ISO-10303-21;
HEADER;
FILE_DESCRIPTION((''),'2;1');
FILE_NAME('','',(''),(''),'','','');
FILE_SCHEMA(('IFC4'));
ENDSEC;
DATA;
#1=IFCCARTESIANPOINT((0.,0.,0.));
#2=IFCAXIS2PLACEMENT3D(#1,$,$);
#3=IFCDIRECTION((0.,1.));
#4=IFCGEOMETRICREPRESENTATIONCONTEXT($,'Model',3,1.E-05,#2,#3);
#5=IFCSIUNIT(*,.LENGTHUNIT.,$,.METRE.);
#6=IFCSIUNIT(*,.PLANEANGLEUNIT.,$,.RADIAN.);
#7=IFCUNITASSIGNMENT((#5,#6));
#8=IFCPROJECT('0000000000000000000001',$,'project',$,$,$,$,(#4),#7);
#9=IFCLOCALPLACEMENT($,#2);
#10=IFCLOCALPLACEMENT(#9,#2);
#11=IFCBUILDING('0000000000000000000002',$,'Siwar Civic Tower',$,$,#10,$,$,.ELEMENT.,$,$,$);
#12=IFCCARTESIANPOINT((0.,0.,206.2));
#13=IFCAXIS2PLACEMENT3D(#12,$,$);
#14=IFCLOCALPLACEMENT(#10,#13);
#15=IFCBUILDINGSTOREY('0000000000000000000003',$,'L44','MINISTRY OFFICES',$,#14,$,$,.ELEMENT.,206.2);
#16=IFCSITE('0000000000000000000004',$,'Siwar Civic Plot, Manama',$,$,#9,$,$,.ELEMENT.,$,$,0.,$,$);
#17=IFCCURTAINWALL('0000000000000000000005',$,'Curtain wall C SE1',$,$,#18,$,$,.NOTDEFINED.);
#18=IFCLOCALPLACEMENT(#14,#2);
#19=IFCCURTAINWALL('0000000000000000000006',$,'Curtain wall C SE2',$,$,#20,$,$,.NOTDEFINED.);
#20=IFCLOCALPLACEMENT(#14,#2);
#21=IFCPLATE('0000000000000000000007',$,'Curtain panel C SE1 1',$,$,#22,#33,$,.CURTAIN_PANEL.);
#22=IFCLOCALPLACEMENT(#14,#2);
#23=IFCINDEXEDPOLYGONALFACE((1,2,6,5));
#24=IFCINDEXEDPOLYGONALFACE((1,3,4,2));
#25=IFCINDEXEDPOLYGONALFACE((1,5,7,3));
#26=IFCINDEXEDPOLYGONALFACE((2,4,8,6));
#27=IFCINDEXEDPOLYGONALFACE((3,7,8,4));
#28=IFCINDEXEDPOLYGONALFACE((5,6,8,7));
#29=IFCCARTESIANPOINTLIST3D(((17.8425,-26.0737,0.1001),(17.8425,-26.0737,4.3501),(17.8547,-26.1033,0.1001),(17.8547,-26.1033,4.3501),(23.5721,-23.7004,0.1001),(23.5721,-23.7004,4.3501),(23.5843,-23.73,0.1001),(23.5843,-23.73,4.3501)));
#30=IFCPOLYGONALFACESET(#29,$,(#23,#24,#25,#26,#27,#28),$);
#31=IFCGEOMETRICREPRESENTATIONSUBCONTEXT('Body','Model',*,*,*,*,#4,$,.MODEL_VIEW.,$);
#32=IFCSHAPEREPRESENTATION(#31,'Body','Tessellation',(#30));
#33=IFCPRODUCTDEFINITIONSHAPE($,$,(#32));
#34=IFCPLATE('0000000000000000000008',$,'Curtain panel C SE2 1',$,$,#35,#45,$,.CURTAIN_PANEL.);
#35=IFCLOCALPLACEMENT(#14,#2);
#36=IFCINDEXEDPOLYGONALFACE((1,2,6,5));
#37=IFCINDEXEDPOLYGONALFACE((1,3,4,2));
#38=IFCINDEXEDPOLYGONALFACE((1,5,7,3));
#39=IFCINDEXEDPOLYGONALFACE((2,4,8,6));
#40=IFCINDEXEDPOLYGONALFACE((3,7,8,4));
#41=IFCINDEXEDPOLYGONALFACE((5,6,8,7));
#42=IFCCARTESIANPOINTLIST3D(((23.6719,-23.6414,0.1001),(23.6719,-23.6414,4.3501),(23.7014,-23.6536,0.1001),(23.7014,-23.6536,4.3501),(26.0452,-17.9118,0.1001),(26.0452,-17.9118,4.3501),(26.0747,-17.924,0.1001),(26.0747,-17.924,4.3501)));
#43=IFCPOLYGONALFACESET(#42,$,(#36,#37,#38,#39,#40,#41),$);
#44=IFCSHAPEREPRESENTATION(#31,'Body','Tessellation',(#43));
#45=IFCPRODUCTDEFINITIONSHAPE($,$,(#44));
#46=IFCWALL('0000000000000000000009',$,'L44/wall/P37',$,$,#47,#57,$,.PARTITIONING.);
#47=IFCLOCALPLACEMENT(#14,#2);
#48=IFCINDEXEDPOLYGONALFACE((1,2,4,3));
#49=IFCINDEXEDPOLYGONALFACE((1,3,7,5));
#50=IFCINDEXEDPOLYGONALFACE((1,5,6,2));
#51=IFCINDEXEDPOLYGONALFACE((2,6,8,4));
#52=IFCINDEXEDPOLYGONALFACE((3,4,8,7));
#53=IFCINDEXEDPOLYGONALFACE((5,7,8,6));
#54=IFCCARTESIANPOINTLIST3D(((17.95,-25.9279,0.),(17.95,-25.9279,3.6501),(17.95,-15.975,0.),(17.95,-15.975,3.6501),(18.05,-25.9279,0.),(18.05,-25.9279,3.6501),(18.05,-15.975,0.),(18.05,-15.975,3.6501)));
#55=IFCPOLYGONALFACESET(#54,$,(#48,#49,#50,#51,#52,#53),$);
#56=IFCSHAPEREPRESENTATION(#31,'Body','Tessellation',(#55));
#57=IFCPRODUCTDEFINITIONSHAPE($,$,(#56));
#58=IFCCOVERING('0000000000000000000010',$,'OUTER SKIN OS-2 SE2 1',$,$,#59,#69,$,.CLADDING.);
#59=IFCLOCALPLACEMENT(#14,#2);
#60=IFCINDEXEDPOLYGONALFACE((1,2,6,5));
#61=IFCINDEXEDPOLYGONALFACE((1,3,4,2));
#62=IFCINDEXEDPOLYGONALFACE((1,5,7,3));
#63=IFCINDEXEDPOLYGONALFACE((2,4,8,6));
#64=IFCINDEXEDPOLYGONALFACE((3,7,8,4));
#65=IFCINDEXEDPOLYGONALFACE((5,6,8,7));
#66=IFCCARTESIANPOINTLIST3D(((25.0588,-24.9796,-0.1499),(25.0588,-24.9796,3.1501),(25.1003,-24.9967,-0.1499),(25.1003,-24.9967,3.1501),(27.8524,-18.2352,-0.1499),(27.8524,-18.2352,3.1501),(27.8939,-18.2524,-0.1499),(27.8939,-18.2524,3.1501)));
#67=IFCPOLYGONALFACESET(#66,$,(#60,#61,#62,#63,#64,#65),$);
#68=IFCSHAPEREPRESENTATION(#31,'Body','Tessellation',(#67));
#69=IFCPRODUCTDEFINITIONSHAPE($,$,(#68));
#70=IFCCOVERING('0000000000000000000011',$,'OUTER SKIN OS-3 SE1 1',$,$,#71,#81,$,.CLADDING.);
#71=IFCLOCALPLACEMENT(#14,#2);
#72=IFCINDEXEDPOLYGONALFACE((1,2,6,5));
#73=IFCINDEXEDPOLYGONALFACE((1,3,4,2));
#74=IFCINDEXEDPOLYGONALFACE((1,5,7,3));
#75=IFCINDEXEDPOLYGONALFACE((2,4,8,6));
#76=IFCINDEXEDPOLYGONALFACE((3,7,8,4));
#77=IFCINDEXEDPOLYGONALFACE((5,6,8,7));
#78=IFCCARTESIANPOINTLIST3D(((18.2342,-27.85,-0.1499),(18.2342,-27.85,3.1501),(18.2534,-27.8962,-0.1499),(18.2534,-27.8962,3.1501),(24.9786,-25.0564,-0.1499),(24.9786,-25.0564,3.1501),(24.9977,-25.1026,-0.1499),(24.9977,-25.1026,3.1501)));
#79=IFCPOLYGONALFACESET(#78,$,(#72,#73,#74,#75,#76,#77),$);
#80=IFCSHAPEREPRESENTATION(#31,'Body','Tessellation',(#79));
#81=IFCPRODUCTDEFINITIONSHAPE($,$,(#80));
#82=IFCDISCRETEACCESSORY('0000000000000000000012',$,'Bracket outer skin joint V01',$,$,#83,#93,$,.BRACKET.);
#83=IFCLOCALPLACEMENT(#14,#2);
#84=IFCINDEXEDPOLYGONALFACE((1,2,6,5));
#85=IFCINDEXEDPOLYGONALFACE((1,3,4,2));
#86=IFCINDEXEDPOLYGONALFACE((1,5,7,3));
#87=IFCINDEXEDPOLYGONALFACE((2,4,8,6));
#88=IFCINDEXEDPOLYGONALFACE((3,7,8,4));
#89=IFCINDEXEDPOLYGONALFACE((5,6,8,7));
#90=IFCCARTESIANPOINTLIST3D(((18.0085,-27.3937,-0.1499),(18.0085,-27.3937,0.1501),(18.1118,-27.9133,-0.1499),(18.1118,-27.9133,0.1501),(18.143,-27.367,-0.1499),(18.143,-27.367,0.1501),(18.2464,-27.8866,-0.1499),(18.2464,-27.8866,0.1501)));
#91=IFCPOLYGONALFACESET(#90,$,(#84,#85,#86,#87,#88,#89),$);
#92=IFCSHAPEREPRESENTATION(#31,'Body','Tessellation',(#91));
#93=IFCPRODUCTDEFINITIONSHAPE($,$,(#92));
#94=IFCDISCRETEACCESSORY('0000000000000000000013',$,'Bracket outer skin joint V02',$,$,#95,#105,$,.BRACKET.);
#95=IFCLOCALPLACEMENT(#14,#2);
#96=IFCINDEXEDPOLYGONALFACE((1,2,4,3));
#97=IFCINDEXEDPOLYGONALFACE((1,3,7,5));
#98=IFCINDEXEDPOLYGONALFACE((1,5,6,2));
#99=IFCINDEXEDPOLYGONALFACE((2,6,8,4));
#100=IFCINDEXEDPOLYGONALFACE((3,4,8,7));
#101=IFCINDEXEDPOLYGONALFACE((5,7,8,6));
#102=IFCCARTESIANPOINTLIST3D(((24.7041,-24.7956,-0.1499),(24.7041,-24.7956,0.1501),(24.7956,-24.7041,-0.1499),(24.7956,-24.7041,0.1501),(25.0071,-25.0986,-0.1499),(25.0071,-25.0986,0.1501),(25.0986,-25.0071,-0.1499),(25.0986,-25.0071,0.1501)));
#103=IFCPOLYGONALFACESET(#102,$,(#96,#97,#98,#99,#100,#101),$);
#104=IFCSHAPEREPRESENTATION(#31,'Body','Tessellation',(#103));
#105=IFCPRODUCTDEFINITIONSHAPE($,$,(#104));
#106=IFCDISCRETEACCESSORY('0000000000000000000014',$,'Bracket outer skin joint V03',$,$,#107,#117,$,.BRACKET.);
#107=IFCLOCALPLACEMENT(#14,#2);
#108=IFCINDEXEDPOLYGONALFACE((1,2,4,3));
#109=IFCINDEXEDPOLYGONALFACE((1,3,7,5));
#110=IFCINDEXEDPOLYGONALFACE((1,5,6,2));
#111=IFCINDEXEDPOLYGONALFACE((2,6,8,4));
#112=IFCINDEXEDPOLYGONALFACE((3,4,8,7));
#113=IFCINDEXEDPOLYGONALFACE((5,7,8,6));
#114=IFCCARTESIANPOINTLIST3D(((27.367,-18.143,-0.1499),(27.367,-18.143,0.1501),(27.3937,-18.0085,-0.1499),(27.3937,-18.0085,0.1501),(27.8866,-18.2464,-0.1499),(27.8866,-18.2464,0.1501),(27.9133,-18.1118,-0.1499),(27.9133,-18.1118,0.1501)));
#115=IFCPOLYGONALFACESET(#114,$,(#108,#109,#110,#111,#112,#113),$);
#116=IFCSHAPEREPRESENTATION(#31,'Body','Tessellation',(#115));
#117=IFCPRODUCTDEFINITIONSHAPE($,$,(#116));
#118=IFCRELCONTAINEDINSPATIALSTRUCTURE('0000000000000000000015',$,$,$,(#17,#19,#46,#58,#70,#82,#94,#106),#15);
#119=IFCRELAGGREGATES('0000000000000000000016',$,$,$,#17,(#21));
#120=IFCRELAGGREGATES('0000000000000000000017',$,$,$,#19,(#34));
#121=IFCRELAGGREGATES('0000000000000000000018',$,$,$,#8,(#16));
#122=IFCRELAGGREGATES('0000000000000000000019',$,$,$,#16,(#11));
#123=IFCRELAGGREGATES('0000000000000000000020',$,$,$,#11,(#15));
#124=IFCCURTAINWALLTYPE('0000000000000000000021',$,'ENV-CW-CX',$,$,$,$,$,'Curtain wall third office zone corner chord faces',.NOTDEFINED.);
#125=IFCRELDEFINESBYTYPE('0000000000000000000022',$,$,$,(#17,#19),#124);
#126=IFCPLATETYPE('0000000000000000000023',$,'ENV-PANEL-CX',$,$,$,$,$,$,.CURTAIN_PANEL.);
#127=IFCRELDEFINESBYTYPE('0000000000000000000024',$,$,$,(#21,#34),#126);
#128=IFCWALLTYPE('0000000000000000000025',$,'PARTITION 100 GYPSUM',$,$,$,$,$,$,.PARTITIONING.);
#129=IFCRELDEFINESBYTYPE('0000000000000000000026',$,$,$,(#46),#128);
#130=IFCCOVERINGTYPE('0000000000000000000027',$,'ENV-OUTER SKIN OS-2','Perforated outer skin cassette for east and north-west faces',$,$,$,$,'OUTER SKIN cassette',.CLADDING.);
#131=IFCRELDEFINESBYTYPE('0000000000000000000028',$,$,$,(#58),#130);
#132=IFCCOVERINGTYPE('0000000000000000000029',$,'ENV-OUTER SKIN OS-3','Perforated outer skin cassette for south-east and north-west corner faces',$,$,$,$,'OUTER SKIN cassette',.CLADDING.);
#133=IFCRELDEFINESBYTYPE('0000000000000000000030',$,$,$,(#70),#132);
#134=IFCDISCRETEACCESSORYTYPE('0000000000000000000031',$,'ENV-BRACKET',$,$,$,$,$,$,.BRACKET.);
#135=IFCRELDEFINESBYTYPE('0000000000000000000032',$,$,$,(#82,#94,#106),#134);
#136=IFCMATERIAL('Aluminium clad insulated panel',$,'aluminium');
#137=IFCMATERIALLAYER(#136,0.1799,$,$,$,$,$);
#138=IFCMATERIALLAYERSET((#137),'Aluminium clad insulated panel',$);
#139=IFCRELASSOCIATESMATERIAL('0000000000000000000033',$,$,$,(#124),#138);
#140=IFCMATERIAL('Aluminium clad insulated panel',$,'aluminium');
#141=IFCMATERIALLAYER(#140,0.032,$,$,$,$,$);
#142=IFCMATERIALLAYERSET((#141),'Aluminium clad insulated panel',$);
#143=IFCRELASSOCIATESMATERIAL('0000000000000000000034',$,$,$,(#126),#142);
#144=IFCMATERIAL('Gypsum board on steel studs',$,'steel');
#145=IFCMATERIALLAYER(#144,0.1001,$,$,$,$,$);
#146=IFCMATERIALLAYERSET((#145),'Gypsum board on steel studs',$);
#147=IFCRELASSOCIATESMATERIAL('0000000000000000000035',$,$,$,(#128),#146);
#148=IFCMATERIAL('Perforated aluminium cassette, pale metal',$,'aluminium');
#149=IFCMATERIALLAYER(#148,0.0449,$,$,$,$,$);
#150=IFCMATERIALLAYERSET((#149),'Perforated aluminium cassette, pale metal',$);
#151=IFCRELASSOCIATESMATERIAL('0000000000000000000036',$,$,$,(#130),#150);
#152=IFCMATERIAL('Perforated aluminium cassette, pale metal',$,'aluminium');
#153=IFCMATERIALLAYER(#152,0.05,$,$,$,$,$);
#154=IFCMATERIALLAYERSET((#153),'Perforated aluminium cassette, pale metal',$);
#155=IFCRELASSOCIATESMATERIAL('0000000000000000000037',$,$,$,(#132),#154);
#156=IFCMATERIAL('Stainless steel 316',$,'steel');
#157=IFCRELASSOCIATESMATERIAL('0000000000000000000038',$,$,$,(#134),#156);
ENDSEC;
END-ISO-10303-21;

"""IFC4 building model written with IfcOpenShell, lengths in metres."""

from ifc_helpers import new_model, si_unit, direction, frame, frame_2d, origin, origin_2d, place, context, subcontext, project, spatial, rectangle, extrude, material, layer, layer_set, type_object, element, aggregate, save


model = new_model("IFC4")

# Units and contexts
model_context = context("Model", 3, precision=1e-05, world=origin(), true_north=direction((0.0, 1.0)))
body_context = subcontext(model_context, "Body", "Model", "MODEL_VIEW")
ifc_project = project(units=[si_unit("LENGTHUNIT", "METRE"), si_unit("PLANEANGLEUNIT", "RADIAN")], contexts=[model_context])

# Site, building, storey
site_placement = place(None, origin())
site = spatial("IfcSite", under=ifc_project, at=site_placement, Name="Siwar Civic Plot, Manama", CompositionType="ELEMENT", RefElevation=0.0)
building_placement = place(site_placement, origin())
building = spatial("IfcBuilding", under=site, at=building_placement, Name="Siwar Civic Tower", CompositionType="ELEMENT")
storey_placement = place(building_placement, frame((0.0, 0.0, 206.2)))
storey = spatial("IfcBuildingStorey", under=building, at=storey_placement, Name="L44", Description="MINISTRY OFFICES", CompositionType="ELEMENT", Elevation=206.2)

# Curtain walls
ifc_material_1 = material(Name="Aluminium clad insulated panel", Category="aluminium")
ifc_layer_1 = layer(ifc_material_1, 0.1799)
ifc_layer_set_1 = layer_set([ifc_layer_1], Name="Aluminium clad insulated panel")
curtain_wall_type = type_object("IfcCurtainWallType", Name="ENV-CW-CX", ElementType="Curtain wall third office zone corner chord faces", PredefinedType="NOTDEFINED", material=ifc_layer_set_1)
curtain_wall_1_placement = place(storey_placement, origin())
curtain_wall_1 = element("IfcCurtainWall", 1, at=curtain_wall_1_placement, inside=storey, type_object=curtain_wall_type, Name="Curtain wall C SE1", PredefinedType="NOTDEFINED")
curtain_wall_2_placement = place(storey_placement, origin())
curtain_wall_2 = element("IfcCurtainWall", 2, at=curtain_wall_2_placement, inside=storey, type_object=curtain_wall_type, Name="Curtain wall C SE2", PredefinedType="NOTDEFINED")

# Plates
ifc_material_2 = material(Name="Aluminium clad insulated panel", Category="aluminium")
ifc_layer_2 = layer(ifc_material_2, 0.032)
ifc_layer_set_2 = layer_set([ifc_layer_2], Name="Aluminium clad insulated panel")
plate_type = type_object("IfcPlateType", Name="ENV-PANEL-CX", PredefinedType="CURTAIN_PANEL", material=ifc_layer_set_2)
plate_1_placement = place(storey_placement, frame((20.7134, -24.9019, 0.1001), z_axis=(0.0, 0.0, 1.0), x_axis=(0.92388, 0.382683, 0.0)))
plate_1 = element("IfcPlate", 3, at=plate_1_placement, type_object=plate_type, Name="Curtain panel C SE1 1", PredefinedType="CURTAIN_PANEL", context=body_context, shape_type="SweptSolid", body=[
    extrude(rectangle(XDim=6.2017, YDim=0.032, at=origin_2d()), origin(), (0.0, 0.0, 1.0), 4.25),
])
aggregate(curtain_wall_1, [plate_1])
plate_2_placement = place(storey_placement, frame((24.8733, -20.7827, 0.1001), z_axis=(0.0, 0.0, 1.0), x_axis=(0.382683, 0.92388, 0.0)))
plate_2 = element("IfcPlate", 4, at=plate_2_placement, type_object=plate_type, Name="Curtain panel C SE2 1", PredefinedType="CURTAIN_PANEL", context=body_context, shape_type="SweptSolid", body=[
    extrude(rectangle(XDim=6.2017, YDim=0.032, at=origin_2d()), origin(), (0.0, 0.0, 1.0), 4.25),
])
aggregate(curtain_wall_2, [plate_2])

# Wall
ifc_material_3 = material(Name="Gypsum board on steel studs", Category="steel")
ifc_layer_3 = layer(ifc_material_3, 0.1001)
ifc_layer_set_3 = layer_set([ifc_layer_3], Name="Gypsum board on steel studs")
wall_type = type_object("IfcWallType", Name="PARTITION 100 GYPSUM", PredefinedType="PARTITIONING", material=ifc_layer_set_3)
wall_placement = place(storey_placement, frame((18.0, -25.928, 0.0), z_axis=(0.0, 0.0, 1.0), x_axis=(0.0, 1.0, 0.0)))
element("IfcWall", 5, at=wall_placement, inside=storey, type_object=wall_type, Name="L44/wall/P37", PredefinedType="PARTITIONING", context=body_context, shape_type="SweptSolid", body=[
    extrude(rectangle(XDim=9.9529, YDim=0.1001, at=frame_2d((4.9766, 0.0))), origin(), (0.0, 0.0, 1.0), 3.6501),
])

# Coverings
ifc_material_4 = material(Name="Perforated aluminium cassette, pale metal", Category="aluminium")
ifc_layer_4 = layer(ifc_material_4, 0.0449)
ifc_layer_set_4 = layer_set([ifc_layer_4], Name="Perforated aluminium cassette, pale metal")
covering_type_1 = type_object("IfcCoveringType", Name="ENV-OUTER SKIN OS-2", Description="Perforated outer skin cassette for east and north-west faces", ElementType="OUTER SKIN cassette", PredefinedType="CLADDING", material=ifc_layer_set_4)
covering_1_placement = place(storey_placement, frame((26.4763, -21.616, -0.1499), z_axis=(0.0, 0.0, 1.0), x_axis=(0.382683, 0.92388, 0.0)))
element("IfcCovering", 6, at=covering_1_placement, inside=storey, type_object=covering_type_1, Name="OUTER SKIN OS-2 SE2 1", PredefinedType="CLADDING", context=body_context, shape_type="SweptSolid", body=[
    extrude(rectangle(XDim=7.3, YDim=0.0449, at=origin_2d()), origin(), (0.0, 0.0, 1.0), 3.3),
])
ifc_material_5 = material(Name="Perforated aluminium cassette, pale metal", Category="aluminium")
ifc_layer_5 = layer(ifc_material_5, 0.05)
ifc_layer_set_5 = layer_set([ifc_layer_5], Name="Perforated aluminium cassette, pale metal")
covering_type_2 = type_object("IfcCoveringType", Name="ENV-OUTER SKIN OS-3", Description="Perforated outer skin cassette for south-east and north-west corner faces", ElementType="OUTER SKIN cassette", PredefinedType="CLADDING", material=ifc_layer_set_5)
covering_2_placement = place(storey_placement, frame((21.616, -26.4763, -0.1499), z_axis=(0.0, 0.0, 1.0), x_axis=(0.92388, 0.382683, 0.0)))
element("IfcCovering", 7, at=covering_2_placement, inside=storey, type_object=covering_type_2, Name="OUTER SKIN OS-3 SE1 1", PredefinedType="CLADDING", context=body_context, shape_type="SweptSolid", body=[
    extrude(rectangle(XDim=7.3, YDim=0.05, at=origin_2d()), origin(), (0.0, 0.0, 1.0), 3.3),
])

# Discrete accessories
ifc_material_6 = material(Name="Stainless steel 316", Category="steel")
discrete_accessory_type = type_object("IfcDiscreteAccessoryType", Name="ENV-BRACKET", PredefinedType="BRACKET", material=ifc_material_6)
discrete_accessory_1_placement = place(storey_placement, frame((18.1274, -27.6401, -0.1499), z_axis=(0.0, 0.0, 1.0), x_axis=(0.19509, -0.980785, 0.0)))
element("IfcDiscreteAccessory", 8, at=discrete_accessory_1_placement, inside=storey, type_object=discrete_accessory_type, Name="Bracket outer skin joint V01", PredefinedType="BRACKET", context=body_context, shape_type="SweptSolid", body=[
    extrude(rectangle(XDim=0.5298, YDim=0.1372, at=origin_2d()), origin(), (0.0, 0.0, 1.0), 0.3),
])
discrete_accessory_2_placement = place(storey_placement, frame((24.9014, -24.9014, -0.1499), z_axis=(0.0, 0.0, 1.0), x_axis=(0.707107, -0.707107, 0.0)))
element("IfcDiscreteAccessory", 9, at=discrete_accessory_2_placement, inside=storey, type_object=discrete_accessory_type, Name="Bracket outer skin joint V02", PredefinedType="BRACKET", context=body_context, shape_type="SweptSolid", body=[
    extrude(rectangle(XDim=0.4285, YDim=0.1294, at=origin_2d()), origin(), (0.0, 0.0, 1.0), 0.3),
])
discrete_accessory_3_placement = place(storey_placement, frame((27.6401, -18.1274, -0.1499), z_axis=(0.0, 0.0, 1.0), x_axis=(0.980785, -0.19509, 0.0)))
element("IfcDiscreteAccessory", 10, at=discrete_accessory_3_placement, inside=storey, type_object=discrete_accessory_type, Name="Bracket outer skin joint V03", PredefinedType="BRACKET", context=body_context, shape_type="SweptSolid", body=[
    extrude(rectangle(XDim=0.5298, YDim=0.1372, at=origin_2d()), origin(), (0.0, 0.0, 1.0), 0.3),
])

save(model, "model.ifc")
